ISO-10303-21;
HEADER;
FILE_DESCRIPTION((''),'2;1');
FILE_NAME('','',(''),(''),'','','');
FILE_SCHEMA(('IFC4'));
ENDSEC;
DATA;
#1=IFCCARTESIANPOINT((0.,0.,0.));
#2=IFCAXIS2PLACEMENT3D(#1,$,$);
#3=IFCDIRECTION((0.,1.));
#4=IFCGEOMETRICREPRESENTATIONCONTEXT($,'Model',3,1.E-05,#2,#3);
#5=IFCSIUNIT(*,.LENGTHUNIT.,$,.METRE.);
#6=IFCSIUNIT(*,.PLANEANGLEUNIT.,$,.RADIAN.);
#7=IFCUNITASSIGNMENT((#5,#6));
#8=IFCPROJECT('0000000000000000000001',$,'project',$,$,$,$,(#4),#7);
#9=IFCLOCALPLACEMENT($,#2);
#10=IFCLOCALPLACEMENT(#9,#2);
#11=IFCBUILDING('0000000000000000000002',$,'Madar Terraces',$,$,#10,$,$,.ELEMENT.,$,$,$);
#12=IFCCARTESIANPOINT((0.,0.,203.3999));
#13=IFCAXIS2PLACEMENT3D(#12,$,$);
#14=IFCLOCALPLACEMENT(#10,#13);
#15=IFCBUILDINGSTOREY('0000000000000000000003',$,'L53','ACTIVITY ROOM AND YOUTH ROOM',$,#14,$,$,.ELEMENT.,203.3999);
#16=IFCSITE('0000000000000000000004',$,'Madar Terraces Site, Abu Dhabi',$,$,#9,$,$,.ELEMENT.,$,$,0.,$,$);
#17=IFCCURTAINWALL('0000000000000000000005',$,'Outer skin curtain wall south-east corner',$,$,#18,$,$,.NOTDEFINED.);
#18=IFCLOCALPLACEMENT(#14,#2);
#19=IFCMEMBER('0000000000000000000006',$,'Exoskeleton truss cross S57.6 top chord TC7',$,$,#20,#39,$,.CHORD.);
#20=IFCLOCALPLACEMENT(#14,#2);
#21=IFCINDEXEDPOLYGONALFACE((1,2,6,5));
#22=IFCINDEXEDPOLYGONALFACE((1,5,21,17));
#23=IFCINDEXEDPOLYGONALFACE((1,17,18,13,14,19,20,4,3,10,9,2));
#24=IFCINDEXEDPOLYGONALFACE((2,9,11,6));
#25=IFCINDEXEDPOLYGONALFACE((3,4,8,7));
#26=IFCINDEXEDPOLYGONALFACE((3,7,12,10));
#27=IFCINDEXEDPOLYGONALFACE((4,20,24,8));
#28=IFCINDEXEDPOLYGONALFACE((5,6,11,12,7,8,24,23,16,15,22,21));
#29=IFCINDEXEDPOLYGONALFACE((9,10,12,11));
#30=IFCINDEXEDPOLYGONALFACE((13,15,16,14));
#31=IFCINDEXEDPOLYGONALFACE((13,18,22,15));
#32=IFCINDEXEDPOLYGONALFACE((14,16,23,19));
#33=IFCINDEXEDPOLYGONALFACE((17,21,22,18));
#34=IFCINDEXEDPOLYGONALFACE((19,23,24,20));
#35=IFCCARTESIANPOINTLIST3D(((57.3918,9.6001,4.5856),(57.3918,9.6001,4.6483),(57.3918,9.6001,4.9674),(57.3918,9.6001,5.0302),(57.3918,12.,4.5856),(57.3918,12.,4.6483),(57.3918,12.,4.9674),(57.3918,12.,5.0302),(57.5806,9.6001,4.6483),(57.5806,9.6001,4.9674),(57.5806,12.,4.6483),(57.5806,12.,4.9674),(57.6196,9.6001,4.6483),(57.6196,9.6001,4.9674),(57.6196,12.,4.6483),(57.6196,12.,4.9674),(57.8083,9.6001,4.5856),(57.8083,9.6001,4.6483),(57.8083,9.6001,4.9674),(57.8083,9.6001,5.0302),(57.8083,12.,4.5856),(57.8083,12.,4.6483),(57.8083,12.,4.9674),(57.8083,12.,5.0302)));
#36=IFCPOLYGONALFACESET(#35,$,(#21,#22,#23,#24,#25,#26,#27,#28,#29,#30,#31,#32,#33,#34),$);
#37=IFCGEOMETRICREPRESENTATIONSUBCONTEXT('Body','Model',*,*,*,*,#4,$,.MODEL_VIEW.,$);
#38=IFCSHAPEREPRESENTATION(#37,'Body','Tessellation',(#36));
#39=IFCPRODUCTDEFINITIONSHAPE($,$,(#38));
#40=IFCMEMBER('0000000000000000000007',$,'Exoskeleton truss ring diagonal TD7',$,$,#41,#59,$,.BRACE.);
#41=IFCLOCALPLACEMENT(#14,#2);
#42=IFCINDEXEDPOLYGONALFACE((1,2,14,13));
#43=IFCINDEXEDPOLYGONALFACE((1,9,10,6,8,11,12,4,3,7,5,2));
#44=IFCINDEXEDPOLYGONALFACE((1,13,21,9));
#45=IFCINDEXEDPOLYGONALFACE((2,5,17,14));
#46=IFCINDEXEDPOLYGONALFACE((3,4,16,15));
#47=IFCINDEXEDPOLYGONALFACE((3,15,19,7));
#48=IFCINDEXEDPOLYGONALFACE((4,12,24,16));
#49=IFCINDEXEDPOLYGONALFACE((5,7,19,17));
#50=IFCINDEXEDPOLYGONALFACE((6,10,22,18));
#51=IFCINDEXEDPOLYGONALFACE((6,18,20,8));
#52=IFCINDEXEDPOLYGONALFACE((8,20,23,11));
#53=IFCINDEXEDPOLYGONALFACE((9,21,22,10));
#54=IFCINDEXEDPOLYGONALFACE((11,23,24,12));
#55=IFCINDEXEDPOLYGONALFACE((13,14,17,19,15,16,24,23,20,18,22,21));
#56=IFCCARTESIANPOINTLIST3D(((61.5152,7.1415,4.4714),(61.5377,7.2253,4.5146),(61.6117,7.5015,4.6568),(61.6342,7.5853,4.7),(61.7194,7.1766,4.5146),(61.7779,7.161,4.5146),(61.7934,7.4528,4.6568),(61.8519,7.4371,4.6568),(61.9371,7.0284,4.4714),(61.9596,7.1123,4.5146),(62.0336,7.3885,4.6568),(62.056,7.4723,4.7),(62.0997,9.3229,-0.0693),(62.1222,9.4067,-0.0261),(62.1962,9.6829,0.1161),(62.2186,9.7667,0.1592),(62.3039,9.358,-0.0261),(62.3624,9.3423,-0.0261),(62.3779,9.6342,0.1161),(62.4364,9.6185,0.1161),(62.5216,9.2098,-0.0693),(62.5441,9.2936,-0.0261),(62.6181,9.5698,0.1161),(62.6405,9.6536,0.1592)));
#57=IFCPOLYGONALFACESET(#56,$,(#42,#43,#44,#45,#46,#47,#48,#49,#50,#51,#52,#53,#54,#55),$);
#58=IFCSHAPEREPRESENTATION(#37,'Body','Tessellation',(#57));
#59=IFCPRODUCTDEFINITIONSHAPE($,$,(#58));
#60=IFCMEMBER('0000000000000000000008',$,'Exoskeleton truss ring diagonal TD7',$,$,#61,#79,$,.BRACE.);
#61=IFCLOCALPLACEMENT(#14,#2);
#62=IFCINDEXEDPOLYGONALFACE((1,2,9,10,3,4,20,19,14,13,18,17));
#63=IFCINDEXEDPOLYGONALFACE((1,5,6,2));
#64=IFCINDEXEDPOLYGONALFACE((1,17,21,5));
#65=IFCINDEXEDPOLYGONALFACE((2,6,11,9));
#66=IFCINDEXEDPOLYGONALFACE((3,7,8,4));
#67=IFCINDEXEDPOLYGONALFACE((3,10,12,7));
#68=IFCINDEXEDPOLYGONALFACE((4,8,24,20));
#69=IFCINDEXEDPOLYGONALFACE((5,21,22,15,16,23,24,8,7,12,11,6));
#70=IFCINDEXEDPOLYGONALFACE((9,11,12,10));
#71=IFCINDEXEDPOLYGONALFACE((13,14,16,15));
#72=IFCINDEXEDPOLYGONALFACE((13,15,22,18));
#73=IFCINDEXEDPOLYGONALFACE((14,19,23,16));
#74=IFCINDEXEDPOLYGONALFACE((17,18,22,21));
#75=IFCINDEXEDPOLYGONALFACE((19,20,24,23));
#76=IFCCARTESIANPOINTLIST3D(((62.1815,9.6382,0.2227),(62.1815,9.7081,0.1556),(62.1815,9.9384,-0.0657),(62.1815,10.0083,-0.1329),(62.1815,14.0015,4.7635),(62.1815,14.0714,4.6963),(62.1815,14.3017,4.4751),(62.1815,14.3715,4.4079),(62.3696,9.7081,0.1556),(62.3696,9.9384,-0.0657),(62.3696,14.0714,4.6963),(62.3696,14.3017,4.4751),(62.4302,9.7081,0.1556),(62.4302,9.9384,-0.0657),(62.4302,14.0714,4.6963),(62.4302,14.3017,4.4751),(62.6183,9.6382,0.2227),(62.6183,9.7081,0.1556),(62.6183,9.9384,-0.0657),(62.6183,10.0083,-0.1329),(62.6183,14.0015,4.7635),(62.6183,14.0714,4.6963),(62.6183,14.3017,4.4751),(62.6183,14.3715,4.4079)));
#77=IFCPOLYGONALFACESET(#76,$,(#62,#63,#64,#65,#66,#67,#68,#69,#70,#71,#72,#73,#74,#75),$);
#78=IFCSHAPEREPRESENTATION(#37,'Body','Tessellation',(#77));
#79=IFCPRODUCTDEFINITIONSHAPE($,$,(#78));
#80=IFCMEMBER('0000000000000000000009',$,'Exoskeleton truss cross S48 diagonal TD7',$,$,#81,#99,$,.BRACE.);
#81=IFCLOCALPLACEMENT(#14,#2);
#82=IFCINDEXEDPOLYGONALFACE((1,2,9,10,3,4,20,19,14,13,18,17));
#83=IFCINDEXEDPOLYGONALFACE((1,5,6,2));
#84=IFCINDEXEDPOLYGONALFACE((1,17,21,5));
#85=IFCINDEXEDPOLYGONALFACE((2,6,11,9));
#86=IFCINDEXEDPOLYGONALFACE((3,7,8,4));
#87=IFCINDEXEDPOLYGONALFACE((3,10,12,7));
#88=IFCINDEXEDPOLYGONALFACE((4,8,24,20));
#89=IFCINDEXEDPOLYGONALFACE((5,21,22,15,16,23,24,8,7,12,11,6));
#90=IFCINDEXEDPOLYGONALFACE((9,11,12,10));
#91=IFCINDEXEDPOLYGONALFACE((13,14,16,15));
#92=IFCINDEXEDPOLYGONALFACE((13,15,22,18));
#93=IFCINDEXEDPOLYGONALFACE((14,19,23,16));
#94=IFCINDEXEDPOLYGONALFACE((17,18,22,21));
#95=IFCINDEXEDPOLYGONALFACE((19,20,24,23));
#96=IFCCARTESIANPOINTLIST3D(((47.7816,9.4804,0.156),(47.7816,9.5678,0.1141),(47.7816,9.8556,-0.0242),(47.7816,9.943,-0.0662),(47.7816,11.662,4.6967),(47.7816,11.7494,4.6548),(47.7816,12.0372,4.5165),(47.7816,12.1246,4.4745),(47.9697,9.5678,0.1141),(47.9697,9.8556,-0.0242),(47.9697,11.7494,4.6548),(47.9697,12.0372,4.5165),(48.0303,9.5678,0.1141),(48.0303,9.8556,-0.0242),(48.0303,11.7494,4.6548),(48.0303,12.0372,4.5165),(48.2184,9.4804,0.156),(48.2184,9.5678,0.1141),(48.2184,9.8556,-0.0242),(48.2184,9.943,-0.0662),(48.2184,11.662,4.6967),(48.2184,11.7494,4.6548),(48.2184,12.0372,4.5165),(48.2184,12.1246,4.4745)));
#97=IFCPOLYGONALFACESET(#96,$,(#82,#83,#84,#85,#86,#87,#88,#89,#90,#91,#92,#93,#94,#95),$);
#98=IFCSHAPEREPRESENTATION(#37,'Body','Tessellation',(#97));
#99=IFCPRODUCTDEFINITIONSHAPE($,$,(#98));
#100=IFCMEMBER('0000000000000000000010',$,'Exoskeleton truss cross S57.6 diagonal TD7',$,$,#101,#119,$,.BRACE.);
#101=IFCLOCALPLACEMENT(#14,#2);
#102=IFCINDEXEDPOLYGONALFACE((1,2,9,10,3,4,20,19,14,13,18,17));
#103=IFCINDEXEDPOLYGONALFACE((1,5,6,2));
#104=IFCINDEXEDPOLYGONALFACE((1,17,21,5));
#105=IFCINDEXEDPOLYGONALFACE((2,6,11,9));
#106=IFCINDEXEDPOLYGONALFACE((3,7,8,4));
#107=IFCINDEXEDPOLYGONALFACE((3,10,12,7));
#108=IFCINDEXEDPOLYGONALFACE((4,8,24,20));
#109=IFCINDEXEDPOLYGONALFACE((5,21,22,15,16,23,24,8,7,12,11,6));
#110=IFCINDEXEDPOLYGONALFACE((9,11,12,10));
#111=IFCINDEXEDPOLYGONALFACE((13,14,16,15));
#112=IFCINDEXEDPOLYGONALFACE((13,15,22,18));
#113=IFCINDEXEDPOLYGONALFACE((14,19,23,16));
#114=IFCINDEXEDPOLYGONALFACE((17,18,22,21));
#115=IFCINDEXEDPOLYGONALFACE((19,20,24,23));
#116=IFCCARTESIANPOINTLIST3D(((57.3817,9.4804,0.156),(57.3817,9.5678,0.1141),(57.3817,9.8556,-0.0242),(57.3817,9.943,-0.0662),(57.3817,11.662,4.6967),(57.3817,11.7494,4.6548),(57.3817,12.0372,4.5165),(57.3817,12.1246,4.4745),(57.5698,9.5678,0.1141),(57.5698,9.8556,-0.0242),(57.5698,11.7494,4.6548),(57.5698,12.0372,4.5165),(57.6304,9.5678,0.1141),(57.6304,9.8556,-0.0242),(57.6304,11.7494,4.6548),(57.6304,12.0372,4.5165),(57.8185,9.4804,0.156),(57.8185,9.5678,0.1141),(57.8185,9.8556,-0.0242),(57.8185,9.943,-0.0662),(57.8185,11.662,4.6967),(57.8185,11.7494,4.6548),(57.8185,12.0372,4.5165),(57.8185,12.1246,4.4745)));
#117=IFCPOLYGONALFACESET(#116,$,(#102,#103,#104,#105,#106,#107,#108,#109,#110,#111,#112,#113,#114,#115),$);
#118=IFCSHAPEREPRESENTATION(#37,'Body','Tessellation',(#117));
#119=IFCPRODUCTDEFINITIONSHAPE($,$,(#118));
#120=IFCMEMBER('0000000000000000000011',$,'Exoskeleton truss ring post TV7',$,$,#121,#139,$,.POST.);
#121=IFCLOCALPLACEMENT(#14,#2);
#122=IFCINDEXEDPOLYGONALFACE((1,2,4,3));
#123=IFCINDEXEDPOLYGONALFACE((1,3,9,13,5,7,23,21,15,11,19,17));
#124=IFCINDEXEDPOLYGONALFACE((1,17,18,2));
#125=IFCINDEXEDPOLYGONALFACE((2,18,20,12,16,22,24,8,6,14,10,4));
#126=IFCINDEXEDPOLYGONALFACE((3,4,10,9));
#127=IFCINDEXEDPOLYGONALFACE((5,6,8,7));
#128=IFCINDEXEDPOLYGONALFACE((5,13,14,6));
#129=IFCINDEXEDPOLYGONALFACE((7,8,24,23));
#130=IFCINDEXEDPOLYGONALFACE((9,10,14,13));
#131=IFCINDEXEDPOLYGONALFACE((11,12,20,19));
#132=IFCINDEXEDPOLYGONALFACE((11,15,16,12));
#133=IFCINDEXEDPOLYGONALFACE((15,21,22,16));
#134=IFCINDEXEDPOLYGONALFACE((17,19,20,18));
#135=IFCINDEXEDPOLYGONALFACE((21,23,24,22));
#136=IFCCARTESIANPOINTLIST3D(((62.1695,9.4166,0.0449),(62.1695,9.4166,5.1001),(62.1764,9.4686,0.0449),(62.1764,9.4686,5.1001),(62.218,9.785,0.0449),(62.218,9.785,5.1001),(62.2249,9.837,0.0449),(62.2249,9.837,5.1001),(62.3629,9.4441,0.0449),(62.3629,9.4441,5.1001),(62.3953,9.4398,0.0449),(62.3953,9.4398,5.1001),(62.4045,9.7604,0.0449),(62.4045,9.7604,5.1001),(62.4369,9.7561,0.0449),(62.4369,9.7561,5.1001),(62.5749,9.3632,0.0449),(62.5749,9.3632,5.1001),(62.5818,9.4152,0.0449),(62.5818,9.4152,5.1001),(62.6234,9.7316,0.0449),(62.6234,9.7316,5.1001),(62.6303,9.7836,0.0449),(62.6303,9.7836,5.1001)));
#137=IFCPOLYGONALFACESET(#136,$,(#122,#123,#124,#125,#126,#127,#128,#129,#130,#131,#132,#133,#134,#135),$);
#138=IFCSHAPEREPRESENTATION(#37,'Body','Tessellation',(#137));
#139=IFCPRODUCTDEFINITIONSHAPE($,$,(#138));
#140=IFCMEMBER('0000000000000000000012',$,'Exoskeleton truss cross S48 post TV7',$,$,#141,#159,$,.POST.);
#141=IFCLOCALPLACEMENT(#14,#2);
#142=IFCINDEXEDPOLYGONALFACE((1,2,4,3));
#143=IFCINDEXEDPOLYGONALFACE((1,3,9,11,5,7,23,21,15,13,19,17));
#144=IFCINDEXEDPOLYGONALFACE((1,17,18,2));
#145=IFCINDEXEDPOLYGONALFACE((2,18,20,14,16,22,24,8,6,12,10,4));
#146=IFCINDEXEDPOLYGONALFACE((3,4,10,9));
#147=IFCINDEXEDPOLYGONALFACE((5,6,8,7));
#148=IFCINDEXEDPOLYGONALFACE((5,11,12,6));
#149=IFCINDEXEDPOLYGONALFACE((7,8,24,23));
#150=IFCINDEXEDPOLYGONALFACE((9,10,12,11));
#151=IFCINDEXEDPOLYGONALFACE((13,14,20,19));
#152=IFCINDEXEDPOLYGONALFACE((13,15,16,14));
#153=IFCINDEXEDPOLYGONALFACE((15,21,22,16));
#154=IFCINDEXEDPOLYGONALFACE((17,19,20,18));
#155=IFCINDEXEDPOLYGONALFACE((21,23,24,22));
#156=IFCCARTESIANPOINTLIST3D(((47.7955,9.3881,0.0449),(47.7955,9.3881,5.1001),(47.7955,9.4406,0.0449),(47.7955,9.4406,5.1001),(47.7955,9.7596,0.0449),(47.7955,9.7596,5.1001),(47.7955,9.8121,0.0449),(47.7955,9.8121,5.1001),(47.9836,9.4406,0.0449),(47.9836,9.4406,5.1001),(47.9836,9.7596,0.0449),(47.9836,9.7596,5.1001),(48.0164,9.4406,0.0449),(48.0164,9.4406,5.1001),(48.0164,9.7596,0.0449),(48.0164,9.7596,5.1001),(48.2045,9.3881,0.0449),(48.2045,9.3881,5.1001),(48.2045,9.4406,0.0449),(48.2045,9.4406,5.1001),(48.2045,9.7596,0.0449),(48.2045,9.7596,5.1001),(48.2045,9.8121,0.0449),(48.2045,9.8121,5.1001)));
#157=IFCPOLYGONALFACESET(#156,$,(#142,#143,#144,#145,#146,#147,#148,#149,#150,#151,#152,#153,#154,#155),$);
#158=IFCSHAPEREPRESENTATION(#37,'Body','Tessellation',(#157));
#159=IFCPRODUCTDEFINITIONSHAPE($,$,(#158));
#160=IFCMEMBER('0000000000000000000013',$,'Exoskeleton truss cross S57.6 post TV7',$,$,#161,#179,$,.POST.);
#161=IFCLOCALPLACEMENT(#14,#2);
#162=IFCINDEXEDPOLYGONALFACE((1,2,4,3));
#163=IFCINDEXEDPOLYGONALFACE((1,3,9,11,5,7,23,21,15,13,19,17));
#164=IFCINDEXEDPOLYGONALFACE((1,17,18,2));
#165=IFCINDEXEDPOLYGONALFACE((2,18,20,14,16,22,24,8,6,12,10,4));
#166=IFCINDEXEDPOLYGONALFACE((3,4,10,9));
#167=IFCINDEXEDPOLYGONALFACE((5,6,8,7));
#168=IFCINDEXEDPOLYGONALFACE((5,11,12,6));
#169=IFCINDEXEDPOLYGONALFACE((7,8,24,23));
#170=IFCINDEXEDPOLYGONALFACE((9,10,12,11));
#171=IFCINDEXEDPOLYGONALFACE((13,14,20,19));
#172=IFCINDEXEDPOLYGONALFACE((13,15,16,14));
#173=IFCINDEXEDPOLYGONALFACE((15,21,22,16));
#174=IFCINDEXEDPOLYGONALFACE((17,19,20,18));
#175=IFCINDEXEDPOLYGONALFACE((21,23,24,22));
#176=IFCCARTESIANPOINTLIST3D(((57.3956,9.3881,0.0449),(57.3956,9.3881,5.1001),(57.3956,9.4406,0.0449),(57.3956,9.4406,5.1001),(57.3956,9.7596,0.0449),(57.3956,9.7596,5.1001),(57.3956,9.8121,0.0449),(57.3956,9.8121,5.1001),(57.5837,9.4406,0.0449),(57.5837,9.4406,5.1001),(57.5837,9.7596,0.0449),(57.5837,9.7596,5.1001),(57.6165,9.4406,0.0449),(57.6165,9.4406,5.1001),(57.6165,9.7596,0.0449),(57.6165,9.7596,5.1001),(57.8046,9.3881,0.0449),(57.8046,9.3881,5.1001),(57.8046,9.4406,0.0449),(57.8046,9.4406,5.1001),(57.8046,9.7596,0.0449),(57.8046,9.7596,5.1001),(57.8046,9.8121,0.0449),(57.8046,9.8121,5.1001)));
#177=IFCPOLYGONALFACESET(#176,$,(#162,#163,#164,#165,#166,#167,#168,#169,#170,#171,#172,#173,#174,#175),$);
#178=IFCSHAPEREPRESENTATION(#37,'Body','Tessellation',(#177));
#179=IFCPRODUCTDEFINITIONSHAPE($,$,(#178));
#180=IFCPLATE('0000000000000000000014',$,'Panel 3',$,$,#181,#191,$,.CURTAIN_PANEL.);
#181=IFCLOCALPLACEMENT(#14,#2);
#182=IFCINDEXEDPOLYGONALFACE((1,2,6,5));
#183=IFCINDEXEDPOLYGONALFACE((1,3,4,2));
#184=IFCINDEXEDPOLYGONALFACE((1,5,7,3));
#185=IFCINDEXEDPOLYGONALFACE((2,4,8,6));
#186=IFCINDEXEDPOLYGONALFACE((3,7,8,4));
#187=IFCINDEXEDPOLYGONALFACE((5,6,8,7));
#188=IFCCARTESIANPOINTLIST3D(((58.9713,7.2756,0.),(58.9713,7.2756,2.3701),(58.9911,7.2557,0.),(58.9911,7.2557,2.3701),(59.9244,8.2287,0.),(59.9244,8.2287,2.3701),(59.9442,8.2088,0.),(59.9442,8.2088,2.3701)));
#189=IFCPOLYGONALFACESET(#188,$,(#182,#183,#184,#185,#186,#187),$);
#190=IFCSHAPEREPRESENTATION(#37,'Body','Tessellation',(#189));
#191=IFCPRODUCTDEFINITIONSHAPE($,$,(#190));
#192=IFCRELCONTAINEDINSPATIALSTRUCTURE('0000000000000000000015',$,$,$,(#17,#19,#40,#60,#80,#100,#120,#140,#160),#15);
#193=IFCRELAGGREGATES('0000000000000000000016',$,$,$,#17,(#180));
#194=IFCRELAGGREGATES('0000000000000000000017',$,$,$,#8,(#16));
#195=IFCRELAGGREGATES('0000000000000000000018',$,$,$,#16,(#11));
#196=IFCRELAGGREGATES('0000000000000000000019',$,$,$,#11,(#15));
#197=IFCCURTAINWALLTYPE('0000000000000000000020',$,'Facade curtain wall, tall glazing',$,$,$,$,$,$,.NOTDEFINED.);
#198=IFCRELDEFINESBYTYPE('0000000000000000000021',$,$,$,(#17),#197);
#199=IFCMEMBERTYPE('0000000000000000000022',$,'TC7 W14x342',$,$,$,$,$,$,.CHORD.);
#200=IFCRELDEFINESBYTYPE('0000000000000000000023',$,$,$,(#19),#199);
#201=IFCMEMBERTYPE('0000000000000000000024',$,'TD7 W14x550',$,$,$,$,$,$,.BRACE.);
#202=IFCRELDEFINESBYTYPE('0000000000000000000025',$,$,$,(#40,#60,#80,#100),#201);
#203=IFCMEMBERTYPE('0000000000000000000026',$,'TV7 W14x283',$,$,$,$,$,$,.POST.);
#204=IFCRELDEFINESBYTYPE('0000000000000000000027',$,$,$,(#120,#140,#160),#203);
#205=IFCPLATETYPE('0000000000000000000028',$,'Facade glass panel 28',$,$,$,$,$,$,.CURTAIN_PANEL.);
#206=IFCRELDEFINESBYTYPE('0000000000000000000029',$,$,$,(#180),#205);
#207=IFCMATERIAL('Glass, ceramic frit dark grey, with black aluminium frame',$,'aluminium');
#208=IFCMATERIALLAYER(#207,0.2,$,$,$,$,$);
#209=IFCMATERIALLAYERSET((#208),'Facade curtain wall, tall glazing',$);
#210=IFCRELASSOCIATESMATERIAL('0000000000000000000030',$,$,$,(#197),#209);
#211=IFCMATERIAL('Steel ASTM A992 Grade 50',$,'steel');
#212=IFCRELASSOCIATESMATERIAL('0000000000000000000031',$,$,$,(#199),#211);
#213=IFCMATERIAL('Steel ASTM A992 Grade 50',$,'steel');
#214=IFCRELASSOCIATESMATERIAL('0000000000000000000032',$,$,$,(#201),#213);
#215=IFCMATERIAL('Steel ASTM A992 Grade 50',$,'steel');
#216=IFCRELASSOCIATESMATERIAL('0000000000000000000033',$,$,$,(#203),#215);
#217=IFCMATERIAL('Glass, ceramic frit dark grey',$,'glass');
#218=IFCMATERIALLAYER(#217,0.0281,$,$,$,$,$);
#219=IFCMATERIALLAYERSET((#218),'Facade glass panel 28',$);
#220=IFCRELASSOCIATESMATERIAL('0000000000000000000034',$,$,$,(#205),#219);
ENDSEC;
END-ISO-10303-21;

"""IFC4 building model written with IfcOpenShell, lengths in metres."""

from ifc_helpers import new_model, si_unit, direction, frame, origin, origin_2d, place, context, subcontext, project, spatial, rectangle, i_section, extrude, material, layer, layer_set, material_profile, profile_set, type_object, element, aggregate, save


model = new_model("IFC4")

# Units and contexts
model_context = context("Model", 3, precision=1e-05, world=origin(), true_north=direction((0.0, 1.0)))
body_context = subcontext(model_context, "Body", "Model", "MODEL_VIEW")
ifc_project = project(units=[si_unit("LENGTHUNIT", "METRE"), si_unit("PLANEANGLEUNIT", "RADIAN")], contexts=[model_context])

# Site, building, storey
site_placement = place(None, origin())
site = spatial("IfcSite", under=ifc_project, at=site_placement, Name="Madar Terraces Site, Abu Dhabi", CompositionType="ELEMENT", RefElevation=0.0)
building_placement = place(site_placement, origin())
building = spatial("IfcBuilding", under=site, at=building_placement, Name="Madar Terraces", CompositionType="ELEMENT")
storey_placement = place(building_placement, frame((0.0, 0.0, 203.3999)))
storey = spatial("IfcBuildingStorey", under=building, at=storey_placement, Name="L53", Description="ACTIVITY ROOM AND YOUTH ROOM", CompositionType="ELEMENT", Elevation=203.3999)

# Curtain wall
ifc_material_1 = material(Name="Glass, ceramic frit dark grey, with black aluminium frame", Category="aluminium")
ifc_layer_1 = layer(ifc_material_1, 0.2)
ifc_layer_set_1 = layer_set([ifc_layer_1], Name="Facade curtain wall, tall glazing")
curtain_wall_type = type_object("IfcCurtainWallType", Name="Facade curtain wall, tall glazing", PredefinedType="NOTDEFINED", material=ifc_layer_set_1)
curtain_wall_1_placement = place(storey_placement, origin())
curtain_wall_1 = element("IfcCurtainWall", 1, at=curtain_wall_1_placement, inside=storey, type_object=curtain_wall_type, Name="Outer skin curtain wall south-east corner", PredefinedType="NOTDEFINED")

# Members
ifc_material_2 = material(Name="Steel ASTM A992 Grade 50", Category="steel")
ifc_material_profile_1 = material_profile(ifc_material_2, i_section(OverallWidth=0.4165, OverallDepth=0.4446, WebThickness=0.0391, FlangeThickness=0.0627, at=origin_2d()), Name="W14x342")
ifc_profile_set_1 = profile_set([ifc_material_profile_1], Name="Steel ASTM A992 Grade 50")
member_type_1 = type_object("IfcMemberType", Name="TC7 W14x342", PredefinedType="CHORD", material=ifc_profile_set_1)
member_1_placement = place(storey_placement, frame((57.6001, 9.6001, 4.8079), z_axis=(0.0, 1.0, 0.0), x_axis=(-1.0, 0.0, 0.0)))
element("IfcMember", 2, at=member_1_placement, inside=storey, type_object=member_type_1, Name="Exoskeleton truss cross S57.6 top chord TC7", PredefinedType="CHORD", context=body_context, shape_type="SweptSolid", body=[
    extrude(i_section(OverallWidth=0.4165, OverallDepth=0.4446, WebThickness=0.0391, FlangeThickness=0.0627, at=origin_2d()), origin(), (0.0, 0.0, 1.0), 2.3999),
])
ifc_material_3 = material(Name="Steel ASTM A992 Grade 50", Category="steel")
ifc_material_profile_2 = material_profile(ifc_material_3, i_section(OverallWidth=0.4368, OverallDepth=0.5132, WebThickness=0.0605, FlangeThickness=0.0969, at=origin_2d()), Name="W14x550")
ifc_profile_set_2 = profile_set([ifc_material_profile_2], Name="Steel ASTM A992 Grade 50")
member_type_2 = type_object("IfcMemberType", Name="TD7 W14x550", PredefinedType="BRACE", material=ifc_profile_set_2)
member_2_placement = place(storey_placement, frame((61.7856, 7.3069, 4.5857), z_axis=(0.11525, 0.43014, -0.895375), x_axis=(-0.965929, 0.258806, 0.0)))
element("IfcMember", 3, at=member_2_placement, inside=storey, type_object=member_type_2, Name="Exoskeleton truss ring diagonal TD7", PredefinedType="BRACE", context=body_context, shape_type="SweptSolid", body=[
    extrude(i_section(OverallWidth=0.4368, OverallDepth=0.5132, WebThickness=0.0605, FlangeThickness=0.0969, at=origin_2d()), origin(), (0.0, 0.0, 1.0), 5.0713),
])
member_3_placement = place(storey_placement, frame((62.3999, 9.8232, 0.0449), z_axis=(0.0, 0.692874, 0.721059), x_axis=(-1.0, 0.0, 0.0)))
element("IfcMember", 4, at=member_3_placement, inside=storey, type_object=member_type_2, Name="Exoskeleton truss ring diagonal TD7", PredefinedType="BRACE", context=body_context, shape_type="SweptSolid", body=[
    extrude(i_section(OverallWidth=0.4368, OverallDepth=0.5132, WebThickness=0.0605, FlangeThickness=0.0969, at=origin_2d()), origin(), (0.0, 0.0, 1.0), 6.2974),
])
for number, where, z_axis, x_axis, name in (
    (5, (48.0, 9.7117, 0.0449), (0.0, 0.433065, 0.901363), (-1.0, 0.0, 0.0), "Exoskeleton truss cross S48 diagonal TD7"),
    (6, (57.6001, 9.7117, 0.0449), (0.0, 0.433065, 0.901363), (-1.0, 0.0, 0.0), "Exoskeleton truss cross S57.6 diagonal TD7"),
):
    element("IfcMember", number, at=place(storey_placement, frame(where, z_axis=z_axis, x_axis=x_axis)), inside=storey, type_object=member_type_2, Name=name, PredefinedType="BRACE", context=body_context, shape_type="SweptSolid", body=[
        extrude(i_section(OverallWidth=0.4368, OverallDepth=0.5132, WebThickness=0.0605, FlangeThickness=0.0969, at=origin_2d()), origin(), (0.0, 0.0, 1.0), 5.0376),
    ])
ifc_material_4 = material(Name="Steel ASTM A992 Grade 50", Category="steel")
ifc_material_profile_3 = material_profile(ifc_material_4, i_section(OverallWidth=0.4089, OverallDepth=0.4241, WebThickness=0.0327, FlangeThickness=0.0525, at=origin_2d()), Name="W14x283")
ifc_profile_set_3 = profile_set([ifc_material_profile_3], Name="Steel ASTM A992 Grade 50")
member_type_3 = type_object("IfcMemberType", Name="TV7 W14x283", PredefinedType="POST", material=ifc_profile_set_3)
for number, where, z_axis, x_axis, name in (
    (7, (62.3999, 9.6001, 0.0449), (0.0, 0.0, 1.0), (-0.991445, 0.130526, 0.0), "Exoskeleton truss ring post TV7"),
    (8, (48.0, 9.6001, 0.0449), (0.0, 0.0, 1.0), (-1.0, 0.0, 0.0), "Exoskeleton truss cross S48 post TV7"),
    (9, (57.6001, 9.6001, 0.0449), (0.0, 0.0, 1.0), (-1.0, 0.0, 0.0), "Exoskeleton truss cross S57.6 post TV7"),
):
    element("IfcMember", number, at=place(storey_placement, frame(where, z_axis=z_axis, x_axis=x_axis)), inside=storey, type_object=member_type_3, Name=name, PredefinedType="POST", context=body_context, shape_type="SweptSolid", body=[
        extrude(i_section(OverallWidth=0.4089, OverallDepth=0.4241, WebThickness=0.0327, FlangeThickness=0.0525, at=origin_2d()), origin(), (0.0, 0.0, 1.0), 5.0552),
    ])

# Plate
ifc_material_5 = material(Name="Glass, ceramic frit dark grey", Category="glass")
ifc_layer_2 = layer(ifc_material_5, 0.0281)
ifc_layer_set_2 = layer_set([ifc_layer_2], Name="Facade glass panel 28")
plate_type = type_object("IfcPlateType", Name="Facade glass panel 28", PredefinedType="CURTAIN_PANEL", material=ifc_layer_set_2)
plate_1_placement = place(storey_placement, frame((59.4578, 7.7422, 0.0), z_axis=(0.0, 0.0, 1.0), x_axis=(0.707107, 0.707107, 0.0)))
plate_1 = element("IfcPlate", 10, at=plate_1_placement, type_object=plate_type, Name="Panel 3", PredefinedType="CURTAIN_PANEL", context=body_context, shape_type="SweptSolid", body=[
    extrude(rectangle(XDim=1.3479, YDim=0.0281, at=origin_2d()), origin(), (0.0, 0.0, 1.0), 2.3701),
])
aggregate(curtain_wall_1, [plate_1])

save(model, "model.ifc")
